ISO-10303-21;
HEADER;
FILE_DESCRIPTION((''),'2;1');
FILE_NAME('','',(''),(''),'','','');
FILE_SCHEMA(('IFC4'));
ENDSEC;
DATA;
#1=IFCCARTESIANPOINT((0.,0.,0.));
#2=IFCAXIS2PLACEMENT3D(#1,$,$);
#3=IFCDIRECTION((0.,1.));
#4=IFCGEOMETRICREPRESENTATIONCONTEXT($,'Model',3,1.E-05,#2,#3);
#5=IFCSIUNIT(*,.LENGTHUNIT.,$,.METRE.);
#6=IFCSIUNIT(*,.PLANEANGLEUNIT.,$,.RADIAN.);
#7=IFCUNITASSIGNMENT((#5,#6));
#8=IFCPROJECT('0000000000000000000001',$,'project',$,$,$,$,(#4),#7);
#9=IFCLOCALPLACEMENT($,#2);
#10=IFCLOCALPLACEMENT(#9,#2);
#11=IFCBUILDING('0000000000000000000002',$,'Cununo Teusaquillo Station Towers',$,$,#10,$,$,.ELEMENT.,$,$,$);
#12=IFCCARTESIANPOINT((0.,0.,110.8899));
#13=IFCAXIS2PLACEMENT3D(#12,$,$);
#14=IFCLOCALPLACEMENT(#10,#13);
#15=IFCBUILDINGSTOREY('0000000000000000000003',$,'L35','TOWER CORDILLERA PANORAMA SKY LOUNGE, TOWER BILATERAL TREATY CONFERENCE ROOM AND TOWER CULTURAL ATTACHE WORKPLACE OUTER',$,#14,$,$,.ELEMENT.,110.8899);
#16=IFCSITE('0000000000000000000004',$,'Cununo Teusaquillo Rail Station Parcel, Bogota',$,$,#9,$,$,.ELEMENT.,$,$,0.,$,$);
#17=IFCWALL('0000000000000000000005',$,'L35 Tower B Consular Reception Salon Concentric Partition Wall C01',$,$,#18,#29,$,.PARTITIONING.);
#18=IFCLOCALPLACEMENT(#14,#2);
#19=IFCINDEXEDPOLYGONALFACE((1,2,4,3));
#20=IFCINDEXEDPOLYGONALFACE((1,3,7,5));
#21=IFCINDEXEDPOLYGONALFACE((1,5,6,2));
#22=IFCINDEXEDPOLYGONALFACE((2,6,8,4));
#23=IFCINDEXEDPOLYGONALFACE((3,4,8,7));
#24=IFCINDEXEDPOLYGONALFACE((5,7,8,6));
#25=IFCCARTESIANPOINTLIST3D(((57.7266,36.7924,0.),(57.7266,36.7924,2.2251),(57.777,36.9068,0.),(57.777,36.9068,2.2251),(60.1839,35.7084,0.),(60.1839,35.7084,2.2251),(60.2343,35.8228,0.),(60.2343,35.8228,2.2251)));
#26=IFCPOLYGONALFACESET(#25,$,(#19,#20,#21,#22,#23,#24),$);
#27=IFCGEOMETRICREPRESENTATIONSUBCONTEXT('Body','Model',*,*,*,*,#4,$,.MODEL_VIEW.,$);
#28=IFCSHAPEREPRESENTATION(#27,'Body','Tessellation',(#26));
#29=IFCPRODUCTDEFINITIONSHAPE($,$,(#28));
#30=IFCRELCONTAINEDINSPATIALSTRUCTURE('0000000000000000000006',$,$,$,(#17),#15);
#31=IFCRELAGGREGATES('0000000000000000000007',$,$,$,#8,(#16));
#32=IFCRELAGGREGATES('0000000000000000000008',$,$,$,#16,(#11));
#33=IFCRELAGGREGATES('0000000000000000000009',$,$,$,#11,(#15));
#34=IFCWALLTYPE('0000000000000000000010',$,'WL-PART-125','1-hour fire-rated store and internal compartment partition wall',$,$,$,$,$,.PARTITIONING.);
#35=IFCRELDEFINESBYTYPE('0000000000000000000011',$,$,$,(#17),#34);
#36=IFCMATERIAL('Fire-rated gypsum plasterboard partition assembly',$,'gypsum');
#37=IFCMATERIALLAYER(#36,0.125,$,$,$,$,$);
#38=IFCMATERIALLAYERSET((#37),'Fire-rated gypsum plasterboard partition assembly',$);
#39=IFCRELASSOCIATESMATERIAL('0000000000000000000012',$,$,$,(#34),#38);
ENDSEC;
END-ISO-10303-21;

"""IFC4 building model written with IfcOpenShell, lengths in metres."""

from ifc_helpers import new_model, si_unit, direction, frame, frame_2d, origin, place, context, subcontext, project, spatial, rectangle, extrude, material, layer, layer_set, type_object, element, save


model = new_model("IFC4")

# Units and contexts
model_context = context("Model", 3, precision=1e-05, world=origin(), true_north=direction((0.0, 1.0)))
body_context = subcontext(model_context, "Body", "Model", "MODEL_VIEW")
ifc_project = project(units=[si_unit("LENGTHUNIT", "METRE"), si_unit("PLANEANGLEUNIT", "RADIAN")], contexts=[model_context])

# Site, building, storey
site_placement = place(None, origin())
site = spatial("IfcSite", under=ifc_project, at=site_placement, Name="Cununo Teusaquillo Rail Station Parcel, Bogota", CompositionType="ELEMENT", RefElevation=0.0)
building_placement = place(site_placement, origin())
building = spatial("IfcBuilding", under=site, at=building_placement, Name="Cununo Teusaquillo Station Towers", CompositionType="ELEMENT")
storey_placement = place(building_placement, frame((0.0, 0.0, 110.8899)))
storey = spatial("IfcBuildingStorey", under=building, at=storey_placement, Name="L35", Description="TOWER CORDILLERA PANORAMA SKY LOUNGE, TOWER BILATERAL TREATY CONFERENCE ROOM AND TOWER CULTURAL ATTACHE WORKPLACE OUTER", CompositionType="ELEMENT", Elevation=110.8899)

# Wall
ifc_material_1 = material(Name="Fire-rated gypsum plasterboard partition assembly", Category="gypsum")
ifc_layer_1 = layer(ifc_material_1, 0.125)
ifc_layer_set_1 = layer_set([ifc_layer_1], Name="Fire-rated gypsum plasterboard partition assembly")
wall_type_1 = type_object("IfcWallType", Name="WL-PART-125", Description="1-hour fire-rated store and internal compartment partition wall", PredefinedType="PARTITIONING", material=ifc_layer_set_1)
wall_1_placement = place(storey_placement, frame((60.209, 35.7656, 0.0), z_axis=(0.0, 0.0, 1.0), x_axis=(-0.914933, 0.403607, 0.0)))
element("IfcWall", 1, at=wall_1_placement, inside=storey, type_object=wall_type_1, Name="L35 Tower B Consular Reception Salon Concentric Partition Wall C01", PredefinedType="PARTITIONING", context=body_context, shape_type="SweptSolid", body=[
    extrude(rectangle(XDim=2.6858, YDim=0.125, at=frame_2d((1.3428, 0.0))), origin(), (0.0, 0.0, 1.0), 2.2251),
])

save(model, "model.ifc")
